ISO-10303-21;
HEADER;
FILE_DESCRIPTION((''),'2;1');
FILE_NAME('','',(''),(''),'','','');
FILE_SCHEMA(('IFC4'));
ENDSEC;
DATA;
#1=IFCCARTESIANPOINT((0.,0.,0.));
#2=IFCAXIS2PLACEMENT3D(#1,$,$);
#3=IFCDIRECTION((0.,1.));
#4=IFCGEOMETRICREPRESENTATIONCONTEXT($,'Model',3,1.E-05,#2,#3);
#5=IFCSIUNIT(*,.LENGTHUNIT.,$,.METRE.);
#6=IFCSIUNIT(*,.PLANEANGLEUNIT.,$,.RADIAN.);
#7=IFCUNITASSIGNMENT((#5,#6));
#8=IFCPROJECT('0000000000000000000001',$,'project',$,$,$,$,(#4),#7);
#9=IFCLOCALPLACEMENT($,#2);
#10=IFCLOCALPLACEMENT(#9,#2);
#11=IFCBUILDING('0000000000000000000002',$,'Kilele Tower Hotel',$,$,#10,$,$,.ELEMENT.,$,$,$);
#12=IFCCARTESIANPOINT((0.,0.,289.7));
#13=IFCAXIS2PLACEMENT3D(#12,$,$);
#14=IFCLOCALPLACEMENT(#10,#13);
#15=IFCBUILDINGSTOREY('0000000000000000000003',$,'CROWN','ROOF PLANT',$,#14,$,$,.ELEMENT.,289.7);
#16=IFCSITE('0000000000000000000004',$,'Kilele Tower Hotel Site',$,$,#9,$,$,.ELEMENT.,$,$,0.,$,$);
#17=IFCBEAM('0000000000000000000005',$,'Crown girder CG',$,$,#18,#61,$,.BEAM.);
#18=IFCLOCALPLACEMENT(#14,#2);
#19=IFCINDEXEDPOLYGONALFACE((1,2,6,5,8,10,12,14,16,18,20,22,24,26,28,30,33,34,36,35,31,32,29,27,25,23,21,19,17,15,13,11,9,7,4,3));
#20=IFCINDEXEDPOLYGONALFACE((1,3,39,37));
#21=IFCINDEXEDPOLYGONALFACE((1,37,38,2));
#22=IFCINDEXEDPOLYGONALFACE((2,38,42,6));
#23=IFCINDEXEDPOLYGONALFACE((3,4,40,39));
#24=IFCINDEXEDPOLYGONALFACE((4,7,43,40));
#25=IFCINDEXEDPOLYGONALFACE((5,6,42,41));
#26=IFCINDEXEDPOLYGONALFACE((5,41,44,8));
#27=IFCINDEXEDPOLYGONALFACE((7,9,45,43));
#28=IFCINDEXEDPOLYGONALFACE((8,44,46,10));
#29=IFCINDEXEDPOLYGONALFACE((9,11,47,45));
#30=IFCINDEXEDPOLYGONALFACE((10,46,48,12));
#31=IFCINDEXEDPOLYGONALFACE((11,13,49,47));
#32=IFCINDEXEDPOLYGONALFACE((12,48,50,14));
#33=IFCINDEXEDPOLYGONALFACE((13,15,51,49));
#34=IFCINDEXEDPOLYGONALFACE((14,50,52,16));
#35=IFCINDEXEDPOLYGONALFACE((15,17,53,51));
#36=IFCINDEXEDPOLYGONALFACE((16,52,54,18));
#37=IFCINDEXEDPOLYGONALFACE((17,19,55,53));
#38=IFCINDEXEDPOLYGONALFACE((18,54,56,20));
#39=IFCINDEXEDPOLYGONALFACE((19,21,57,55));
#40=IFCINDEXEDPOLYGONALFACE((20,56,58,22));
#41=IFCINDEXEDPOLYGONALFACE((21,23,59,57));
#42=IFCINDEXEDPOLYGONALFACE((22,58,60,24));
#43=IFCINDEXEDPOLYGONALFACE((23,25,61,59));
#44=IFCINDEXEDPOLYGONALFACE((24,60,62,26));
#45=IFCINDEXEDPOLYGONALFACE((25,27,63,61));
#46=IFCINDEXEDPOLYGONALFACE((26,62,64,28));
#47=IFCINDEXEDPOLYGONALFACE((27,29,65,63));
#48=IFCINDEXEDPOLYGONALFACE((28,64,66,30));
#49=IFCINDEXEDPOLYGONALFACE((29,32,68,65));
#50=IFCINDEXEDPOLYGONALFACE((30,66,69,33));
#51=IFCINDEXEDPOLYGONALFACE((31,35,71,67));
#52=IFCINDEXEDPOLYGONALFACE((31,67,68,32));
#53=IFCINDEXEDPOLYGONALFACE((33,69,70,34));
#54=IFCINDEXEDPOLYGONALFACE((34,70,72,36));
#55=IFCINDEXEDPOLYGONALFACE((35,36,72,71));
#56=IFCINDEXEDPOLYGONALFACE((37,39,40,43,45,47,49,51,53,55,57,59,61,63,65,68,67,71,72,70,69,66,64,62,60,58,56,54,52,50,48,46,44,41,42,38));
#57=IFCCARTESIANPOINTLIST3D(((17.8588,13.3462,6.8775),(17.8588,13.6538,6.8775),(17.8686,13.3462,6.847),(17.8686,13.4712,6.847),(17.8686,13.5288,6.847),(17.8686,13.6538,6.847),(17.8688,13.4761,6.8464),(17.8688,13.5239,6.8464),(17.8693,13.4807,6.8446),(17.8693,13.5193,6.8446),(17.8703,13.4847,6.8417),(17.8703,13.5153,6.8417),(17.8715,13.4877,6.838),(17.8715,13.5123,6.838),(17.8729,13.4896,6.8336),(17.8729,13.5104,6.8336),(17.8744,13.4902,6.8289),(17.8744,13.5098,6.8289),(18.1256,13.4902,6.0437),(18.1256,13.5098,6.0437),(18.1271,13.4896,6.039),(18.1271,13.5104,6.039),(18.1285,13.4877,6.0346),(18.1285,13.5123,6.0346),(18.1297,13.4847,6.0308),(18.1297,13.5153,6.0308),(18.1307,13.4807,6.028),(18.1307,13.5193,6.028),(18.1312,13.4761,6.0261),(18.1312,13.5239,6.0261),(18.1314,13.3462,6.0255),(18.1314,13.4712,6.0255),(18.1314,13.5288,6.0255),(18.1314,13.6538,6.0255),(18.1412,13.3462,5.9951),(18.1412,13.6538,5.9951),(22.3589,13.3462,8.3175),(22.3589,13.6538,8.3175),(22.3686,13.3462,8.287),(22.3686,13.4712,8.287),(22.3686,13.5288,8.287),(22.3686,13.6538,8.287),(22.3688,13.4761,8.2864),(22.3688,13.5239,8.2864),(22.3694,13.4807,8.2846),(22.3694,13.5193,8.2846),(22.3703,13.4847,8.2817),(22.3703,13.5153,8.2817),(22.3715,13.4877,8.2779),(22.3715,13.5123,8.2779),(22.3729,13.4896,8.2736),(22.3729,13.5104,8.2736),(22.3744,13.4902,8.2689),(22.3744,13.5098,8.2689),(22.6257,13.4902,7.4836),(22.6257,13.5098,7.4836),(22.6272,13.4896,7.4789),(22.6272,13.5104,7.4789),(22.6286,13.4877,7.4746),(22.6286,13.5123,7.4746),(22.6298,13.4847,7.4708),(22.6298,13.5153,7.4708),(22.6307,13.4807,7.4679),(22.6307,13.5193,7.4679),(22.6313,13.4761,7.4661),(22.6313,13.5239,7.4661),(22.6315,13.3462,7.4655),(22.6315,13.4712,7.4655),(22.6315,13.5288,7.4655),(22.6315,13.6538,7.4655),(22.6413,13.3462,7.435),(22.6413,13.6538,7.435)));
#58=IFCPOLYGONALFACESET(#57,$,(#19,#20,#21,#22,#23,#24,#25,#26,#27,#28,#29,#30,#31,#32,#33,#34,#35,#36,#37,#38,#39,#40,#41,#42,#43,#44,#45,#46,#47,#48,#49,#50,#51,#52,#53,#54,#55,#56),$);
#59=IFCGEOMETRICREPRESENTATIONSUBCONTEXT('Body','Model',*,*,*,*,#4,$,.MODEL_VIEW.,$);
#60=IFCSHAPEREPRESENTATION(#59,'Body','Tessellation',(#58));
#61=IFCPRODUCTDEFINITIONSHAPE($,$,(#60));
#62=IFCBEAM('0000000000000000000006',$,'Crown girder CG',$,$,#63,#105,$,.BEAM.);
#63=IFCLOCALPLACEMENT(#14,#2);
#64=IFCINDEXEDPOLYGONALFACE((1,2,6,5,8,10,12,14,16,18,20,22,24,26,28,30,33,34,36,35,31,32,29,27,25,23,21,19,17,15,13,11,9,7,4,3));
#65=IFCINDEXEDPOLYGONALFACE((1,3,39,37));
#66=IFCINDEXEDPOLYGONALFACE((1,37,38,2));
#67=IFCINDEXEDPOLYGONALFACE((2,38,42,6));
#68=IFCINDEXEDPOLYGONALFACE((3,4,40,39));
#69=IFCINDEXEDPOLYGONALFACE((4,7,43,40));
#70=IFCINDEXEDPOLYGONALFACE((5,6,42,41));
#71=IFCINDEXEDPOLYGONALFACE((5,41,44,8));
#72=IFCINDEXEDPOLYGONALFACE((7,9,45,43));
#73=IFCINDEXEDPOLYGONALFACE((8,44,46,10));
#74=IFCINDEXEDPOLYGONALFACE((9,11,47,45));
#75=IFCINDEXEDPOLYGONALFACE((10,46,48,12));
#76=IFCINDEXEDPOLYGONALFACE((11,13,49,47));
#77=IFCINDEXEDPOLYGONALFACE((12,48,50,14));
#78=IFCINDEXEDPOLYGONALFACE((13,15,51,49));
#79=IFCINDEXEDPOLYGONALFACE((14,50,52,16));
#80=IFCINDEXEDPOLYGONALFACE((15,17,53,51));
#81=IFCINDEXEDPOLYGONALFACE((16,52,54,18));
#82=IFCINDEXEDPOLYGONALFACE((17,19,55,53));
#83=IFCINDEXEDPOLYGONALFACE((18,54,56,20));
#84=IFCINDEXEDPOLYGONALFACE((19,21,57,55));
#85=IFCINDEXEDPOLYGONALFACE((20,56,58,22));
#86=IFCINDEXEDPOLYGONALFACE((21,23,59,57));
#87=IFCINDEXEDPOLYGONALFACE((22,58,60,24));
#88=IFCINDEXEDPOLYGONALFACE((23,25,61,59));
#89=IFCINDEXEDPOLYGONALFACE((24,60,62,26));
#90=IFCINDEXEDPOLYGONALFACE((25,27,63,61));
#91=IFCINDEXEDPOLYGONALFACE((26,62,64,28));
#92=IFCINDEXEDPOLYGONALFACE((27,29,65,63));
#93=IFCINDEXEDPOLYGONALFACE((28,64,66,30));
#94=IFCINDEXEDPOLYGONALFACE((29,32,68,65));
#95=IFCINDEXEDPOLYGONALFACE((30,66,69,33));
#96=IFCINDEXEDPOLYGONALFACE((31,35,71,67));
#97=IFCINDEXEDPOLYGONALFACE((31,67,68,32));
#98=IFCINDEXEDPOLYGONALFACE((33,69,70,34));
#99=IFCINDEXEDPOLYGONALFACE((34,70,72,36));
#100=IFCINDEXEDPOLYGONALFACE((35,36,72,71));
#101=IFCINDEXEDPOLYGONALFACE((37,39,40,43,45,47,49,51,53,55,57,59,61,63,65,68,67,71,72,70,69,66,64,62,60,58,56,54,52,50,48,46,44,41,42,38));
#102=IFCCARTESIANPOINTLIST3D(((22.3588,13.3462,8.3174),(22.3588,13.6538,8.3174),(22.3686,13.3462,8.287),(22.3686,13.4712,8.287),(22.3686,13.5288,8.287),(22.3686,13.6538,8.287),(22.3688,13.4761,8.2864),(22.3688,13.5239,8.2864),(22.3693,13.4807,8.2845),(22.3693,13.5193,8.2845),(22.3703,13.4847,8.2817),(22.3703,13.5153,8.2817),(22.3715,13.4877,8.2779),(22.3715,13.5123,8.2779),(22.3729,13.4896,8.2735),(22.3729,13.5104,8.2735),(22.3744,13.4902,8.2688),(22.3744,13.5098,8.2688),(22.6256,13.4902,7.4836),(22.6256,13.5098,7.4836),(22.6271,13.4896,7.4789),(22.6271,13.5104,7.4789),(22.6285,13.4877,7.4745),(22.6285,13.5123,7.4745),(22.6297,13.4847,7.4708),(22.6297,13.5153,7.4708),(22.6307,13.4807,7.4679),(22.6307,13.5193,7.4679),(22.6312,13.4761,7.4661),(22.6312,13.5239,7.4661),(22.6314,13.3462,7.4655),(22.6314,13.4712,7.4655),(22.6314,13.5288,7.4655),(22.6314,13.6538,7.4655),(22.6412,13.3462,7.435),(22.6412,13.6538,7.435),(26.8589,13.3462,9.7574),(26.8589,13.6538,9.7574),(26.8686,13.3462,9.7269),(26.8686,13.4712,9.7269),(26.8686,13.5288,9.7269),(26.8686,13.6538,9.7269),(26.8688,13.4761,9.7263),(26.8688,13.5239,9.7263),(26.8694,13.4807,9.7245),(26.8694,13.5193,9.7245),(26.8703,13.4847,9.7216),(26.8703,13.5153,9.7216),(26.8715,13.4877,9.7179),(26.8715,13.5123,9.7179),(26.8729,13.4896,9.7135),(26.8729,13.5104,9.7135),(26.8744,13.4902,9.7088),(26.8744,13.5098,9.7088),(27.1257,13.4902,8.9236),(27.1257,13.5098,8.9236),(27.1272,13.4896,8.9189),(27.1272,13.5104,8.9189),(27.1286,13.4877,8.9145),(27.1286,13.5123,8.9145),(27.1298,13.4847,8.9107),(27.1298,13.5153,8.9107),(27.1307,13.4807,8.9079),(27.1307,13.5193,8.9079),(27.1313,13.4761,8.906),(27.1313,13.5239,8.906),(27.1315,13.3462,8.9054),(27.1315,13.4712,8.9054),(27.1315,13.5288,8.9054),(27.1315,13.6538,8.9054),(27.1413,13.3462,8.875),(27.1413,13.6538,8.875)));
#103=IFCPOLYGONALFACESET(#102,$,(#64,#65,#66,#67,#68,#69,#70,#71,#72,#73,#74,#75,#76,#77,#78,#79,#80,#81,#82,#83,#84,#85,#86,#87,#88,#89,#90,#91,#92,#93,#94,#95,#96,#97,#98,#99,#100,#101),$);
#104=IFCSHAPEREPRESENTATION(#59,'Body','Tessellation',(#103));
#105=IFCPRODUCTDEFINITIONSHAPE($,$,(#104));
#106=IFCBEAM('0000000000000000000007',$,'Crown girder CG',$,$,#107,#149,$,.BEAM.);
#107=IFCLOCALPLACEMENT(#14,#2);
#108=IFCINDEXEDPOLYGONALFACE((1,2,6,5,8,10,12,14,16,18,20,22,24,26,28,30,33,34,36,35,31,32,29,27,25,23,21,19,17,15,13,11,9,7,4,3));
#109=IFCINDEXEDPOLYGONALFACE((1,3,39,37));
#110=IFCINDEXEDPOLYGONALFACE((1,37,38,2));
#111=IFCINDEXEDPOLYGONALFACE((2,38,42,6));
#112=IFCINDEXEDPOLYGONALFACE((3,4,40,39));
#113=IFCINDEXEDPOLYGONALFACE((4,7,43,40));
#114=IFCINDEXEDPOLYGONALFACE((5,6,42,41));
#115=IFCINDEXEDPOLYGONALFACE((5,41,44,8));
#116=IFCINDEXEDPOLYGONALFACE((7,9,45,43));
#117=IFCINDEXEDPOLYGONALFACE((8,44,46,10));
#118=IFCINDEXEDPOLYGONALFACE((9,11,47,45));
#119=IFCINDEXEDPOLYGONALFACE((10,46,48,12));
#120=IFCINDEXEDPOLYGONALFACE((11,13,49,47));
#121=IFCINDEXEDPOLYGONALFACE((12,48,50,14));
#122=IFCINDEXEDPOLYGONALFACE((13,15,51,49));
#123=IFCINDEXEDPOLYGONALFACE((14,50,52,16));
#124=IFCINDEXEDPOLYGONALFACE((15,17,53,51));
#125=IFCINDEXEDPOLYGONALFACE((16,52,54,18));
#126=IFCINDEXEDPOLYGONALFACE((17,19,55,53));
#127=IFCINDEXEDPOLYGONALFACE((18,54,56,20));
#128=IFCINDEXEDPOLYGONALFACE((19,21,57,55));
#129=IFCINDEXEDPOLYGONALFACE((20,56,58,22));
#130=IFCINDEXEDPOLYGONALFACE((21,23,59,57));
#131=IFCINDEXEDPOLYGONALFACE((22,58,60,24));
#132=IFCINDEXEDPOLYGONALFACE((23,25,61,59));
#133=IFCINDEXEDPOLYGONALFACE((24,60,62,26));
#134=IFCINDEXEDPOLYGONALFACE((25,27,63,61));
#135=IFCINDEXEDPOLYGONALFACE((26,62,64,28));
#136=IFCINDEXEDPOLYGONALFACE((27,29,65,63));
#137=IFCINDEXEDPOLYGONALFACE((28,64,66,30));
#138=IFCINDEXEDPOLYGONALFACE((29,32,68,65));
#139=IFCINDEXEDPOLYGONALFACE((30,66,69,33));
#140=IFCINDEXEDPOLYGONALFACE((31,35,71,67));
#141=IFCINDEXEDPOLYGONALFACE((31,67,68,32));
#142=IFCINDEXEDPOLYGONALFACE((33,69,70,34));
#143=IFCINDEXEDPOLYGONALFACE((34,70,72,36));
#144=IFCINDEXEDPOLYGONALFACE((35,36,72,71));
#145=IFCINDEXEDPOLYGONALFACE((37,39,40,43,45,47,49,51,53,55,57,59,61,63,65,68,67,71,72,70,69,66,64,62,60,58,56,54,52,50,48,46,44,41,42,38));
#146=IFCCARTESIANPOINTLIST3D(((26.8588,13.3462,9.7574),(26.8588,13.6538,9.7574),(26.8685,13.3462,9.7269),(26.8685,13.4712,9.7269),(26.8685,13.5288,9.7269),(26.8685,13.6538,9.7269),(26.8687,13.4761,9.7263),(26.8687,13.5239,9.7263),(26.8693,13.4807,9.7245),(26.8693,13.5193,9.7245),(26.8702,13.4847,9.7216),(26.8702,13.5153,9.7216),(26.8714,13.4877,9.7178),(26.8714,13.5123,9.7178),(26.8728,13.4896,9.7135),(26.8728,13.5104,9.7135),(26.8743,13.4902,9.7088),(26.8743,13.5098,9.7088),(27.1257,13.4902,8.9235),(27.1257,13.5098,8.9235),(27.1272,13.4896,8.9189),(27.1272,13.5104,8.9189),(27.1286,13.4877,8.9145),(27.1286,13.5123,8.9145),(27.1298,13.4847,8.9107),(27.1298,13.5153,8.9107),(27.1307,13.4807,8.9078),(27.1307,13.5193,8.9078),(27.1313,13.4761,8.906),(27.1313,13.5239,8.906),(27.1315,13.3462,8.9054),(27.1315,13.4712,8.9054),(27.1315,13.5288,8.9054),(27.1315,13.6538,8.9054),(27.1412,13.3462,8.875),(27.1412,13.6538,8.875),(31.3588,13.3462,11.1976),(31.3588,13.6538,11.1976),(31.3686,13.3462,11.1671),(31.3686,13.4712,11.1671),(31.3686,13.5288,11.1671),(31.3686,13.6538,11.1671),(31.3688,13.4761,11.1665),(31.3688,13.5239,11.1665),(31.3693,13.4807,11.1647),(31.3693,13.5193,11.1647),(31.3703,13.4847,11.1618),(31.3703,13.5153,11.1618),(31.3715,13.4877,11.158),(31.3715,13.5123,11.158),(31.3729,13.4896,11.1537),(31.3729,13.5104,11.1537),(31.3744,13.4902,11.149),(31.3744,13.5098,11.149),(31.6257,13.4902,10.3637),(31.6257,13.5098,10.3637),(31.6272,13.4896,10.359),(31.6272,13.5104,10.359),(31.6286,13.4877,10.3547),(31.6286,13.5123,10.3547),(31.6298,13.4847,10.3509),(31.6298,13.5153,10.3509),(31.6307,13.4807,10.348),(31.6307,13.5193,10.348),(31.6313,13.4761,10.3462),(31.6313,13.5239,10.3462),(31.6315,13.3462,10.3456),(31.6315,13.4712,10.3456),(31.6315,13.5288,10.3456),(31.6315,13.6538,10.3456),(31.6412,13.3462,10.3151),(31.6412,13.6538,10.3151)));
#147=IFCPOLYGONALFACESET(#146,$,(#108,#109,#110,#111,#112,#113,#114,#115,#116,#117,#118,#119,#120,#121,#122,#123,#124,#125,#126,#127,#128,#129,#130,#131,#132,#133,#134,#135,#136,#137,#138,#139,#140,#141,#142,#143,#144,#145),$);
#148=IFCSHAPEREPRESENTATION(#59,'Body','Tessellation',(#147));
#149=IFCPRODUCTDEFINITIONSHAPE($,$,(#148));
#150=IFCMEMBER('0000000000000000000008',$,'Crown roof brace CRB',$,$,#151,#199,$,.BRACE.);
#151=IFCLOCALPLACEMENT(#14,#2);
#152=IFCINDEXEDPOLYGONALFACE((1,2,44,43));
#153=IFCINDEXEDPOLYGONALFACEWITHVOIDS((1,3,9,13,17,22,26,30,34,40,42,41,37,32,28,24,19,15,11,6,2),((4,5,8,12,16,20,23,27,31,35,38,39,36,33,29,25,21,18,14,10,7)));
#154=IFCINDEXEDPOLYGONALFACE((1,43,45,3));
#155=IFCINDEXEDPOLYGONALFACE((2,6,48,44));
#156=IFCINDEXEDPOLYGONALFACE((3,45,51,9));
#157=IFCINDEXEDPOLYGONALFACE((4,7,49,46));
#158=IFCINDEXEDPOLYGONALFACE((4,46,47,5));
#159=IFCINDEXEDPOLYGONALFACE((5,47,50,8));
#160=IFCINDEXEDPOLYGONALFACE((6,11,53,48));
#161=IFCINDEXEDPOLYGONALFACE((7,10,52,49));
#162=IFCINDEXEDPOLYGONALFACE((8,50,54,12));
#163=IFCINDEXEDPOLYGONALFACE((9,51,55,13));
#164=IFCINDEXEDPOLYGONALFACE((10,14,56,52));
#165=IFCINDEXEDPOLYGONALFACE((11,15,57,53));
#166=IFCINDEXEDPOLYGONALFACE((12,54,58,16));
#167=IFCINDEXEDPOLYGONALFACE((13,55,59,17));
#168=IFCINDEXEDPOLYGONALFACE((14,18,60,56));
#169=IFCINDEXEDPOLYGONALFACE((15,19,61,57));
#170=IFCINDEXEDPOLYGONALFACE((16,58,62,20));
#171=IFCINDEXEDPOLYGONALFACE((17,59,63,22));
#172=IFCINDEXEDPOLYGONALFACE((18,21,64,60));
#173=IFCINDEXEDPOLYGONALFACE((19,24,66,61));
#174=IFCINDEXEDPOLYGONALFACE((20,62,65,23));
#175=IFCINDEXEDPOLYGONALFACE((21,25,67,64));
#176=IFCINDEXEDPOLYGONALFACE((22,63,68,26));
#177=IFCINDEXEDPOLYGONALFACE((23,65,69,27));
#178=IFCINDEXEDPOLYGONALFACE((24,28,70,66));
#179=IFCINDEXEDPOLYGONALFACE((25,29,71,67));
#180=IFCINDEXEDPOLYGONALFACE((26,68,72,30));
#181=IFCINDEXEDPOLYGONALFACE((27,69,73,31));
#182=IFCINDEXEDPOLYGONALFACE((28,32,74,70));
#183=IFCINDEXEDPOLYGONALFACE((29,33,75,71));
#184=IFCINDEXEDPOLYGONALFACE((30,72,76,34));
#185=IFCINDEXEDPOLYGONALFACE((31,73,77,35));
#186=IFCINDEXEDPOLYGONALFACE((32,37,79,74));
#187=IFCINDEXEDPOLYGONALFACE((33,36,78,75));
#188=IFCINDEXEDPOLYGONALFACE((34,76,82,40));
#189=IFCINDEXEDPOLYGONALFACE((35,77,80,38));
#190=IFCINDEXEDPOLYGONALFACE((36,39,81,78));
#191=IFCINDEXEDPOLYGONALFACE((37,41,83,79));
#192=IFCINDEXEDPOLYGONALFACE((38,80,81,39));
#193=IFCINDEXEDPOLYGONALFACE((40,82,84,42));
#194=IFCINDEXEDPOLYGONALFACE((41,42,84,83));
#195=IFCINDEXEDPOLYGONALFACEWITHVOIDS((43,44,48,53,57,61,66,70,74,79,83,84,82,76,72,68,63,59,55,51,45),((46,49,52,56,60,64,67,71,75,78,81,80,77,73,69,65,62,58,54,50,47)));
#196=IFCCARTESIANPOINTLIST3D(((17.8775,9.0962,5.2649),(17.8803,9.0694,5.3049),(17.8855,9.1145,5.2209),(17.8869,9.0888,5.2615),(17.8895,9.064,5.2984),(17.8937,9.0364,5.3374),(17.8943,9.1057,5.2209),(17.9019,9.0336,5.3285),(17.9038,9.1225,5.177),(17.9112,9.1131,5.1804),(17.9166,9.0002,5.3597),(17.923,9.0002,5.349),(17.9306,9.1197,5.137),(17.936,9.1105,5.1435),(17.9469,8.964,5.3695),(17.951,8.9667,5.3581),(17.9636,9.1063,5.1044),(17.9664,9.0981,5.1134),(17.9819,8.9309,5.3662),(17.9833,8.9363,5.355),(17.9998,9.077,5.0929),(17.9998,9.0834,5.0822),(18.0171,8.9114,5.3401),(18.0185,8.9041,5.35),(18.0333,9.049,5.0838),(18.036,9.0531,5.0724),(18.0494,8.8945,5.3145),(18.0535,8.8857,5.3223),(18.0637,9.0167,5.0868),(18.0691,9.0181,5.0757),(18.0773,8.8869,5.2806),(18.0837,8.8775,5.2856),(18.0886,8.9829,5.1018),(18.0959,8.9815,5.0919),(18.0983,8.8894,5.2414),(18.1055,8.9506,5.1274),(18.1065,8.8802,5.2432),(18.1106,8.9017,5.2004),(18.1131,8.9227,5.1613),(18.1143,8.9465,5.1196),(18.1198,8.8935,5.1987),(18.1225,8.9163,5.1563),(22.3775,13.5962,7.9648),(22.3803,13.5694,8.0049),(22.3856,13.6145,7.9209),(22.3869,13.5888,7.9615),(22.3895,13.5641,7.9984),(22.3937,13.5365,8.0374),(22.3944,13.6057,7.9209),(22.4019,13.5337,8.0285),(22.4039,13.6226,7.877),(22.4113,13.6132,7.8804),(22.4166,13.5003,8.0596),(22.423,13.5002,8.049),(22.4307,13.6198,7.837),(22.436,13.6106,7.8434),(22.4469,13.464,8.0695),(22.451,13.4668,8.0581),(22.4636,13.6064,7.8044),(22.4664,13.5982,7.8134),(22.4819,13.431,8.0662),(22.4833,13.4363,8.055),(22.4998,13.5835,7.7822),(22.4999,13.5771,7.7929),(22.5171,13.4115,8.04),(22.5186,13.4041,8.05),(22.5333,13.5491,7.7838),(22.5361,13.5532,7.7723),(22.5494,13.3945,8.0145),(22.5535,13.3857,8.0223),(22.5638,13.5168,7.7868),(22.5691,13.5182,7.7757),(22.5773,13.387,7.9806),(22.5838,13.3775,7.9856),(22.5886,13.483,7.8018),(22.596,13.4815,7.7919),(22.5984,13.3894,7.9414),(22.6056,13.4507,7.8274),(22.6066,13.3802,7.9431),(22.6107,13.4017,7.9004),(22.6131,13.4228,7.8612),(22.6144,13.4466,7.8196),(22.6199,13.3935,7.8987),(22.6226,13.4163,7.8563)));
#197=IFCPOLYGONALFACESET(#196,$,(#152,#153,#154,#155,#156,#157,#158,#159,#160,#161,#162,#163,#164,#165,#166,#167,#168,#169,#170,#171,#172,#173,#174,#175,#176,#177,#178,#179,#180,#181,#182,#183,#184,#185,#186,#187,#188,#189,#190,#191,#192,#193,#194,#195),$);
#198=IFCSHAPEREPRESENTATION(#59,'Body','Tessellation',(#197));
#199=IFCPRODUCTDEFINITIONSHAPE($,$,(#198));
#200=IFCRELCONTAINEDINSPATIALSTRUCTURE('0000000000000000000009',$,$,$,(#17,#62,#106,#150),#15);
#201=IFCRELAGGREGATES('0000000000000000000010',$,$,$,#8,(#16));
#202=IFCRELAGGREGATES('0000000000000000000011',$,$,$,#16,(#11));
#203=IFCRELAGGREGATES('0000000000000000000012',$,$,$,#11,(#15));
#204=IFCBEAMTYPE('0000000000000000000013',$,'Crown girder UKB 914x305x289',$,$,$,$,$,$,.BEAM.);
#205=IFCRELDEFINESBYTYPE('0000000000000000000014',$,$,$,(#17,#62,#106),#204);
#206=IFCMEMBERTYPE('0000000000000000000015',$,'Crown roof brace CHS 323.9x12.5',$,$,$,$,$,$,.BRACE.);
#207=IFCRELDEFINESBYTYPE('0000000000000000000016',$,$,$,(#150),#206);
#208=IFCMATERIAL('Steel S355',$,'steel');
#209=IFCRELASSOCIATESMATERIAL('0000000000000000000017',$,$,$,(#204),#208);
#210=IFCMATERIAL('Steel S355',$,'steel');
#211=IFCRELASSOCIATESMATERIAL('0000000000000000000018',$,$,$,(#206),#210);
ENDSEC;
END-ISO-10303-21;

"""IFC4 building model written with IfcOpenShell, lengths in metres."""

from ifc_helpers import new_model, si_unit, direction, frame, origin, origin_2d, place, context, subcontext, project, spatial, hollow_circle, i_section, extrude, material, material_profile, profile_set, type_object, element, save


model = new_model("IFC4")

# Units and contexts
model_context = context("Model", 3, precision=1e-05, world=origin(), true_north=direction((0.0, 1.0)))
body_context = subcontext(model_context, "Body", "Model", "MODEL_VIEW")
ifc_project = project(units=[si_unit("LENGTHUNIT", "METRE"), si_unit("PLANEANGLEUNIT", "RADIAN")], contexts=[model_context])

# Site, building, storey
site_placement = place(None, origin())
site = spatial("IfcSite", under=ifc_project, at=site_placement, Name="Kilele Tower Hotel Site", CompositionType="ELEMENT", RefElevation=0.0)
building_placement = place(site_placement, origin())
building = spatial("IfcBuilding", under=site, at=building_placement, Name="Kilele Tower Hotel", CompositionType="ELEMENT")
storey_placement = place(building_placement, frame((0.0, 0.0, 289.7)))
storey = spatial("IfcBuildingStorey", under=building, at=storey_placement, Name="CROWN", Description="ROOF PLANT", CompositionType="ELEMENT", Elevation=289.7)

# Beams
ifc_material_1 = material(Name="Steel S355", Category="steel")
ifc_material_profile_1 = material_profile(ifc_material_1, i_section(OverallWidth=0.3076, OverallDepth=0.9265, WebThickness=0.0195, FlangeThickness=0.032, FilletRadius=0.019, at=origin_2d()))
ifc_profile_set_1 = profile_set([ifc_material_profile_1], Name="Steel S355")
beam_type_1 = type_object("IfcBeamType", Name="Crown girder UKB 914x305x289", PredefinedType="BEAM", material=ifc_profile_set_1)
for number, where, z_axis, x_axis, name in (
    (1, (18.0, 13.5, 6.4363), (0.952428, 0.0, 0.304764), (0.0, 1.0, 0.0), "Crown girder CG"),
    (2, (22.5, 13.5, 7.8762), (0.952428, 0.0, 0.304764), (0.0, 1.0, 0.0), "Crown girder CG"),
    (3, (27.0, 13.5, 9.3162), (0.952413, 0.0, 0.304811), (0.0, 1.0, 0.0), "Crown girder CG"),
):
    element("IfcBeam", number, at=place(storey_placement, frame(where, z_axis=z_axis, x_axis=x_axis)), inside=storey, type_object=beam_type_1, Name=name, PredefinedType="BEAM", context=body_context, shape_type="SweptSolid", body=[
        extrude(i_section(OverallWidth=0.3076, OverallDepth=0.9265, WebThickness=0.0195, FlangeThickness=0.032, FilletRadius=0.019, at=origin_2d()), origin(), (0.0, 0.0, 1.0), 4.7249),
    ])

# Member
ifc_material_2 = material(Name="Steel S355", Category="steel")
ifc_material_profile_2 = material_profile(ifc_material_2, hollow_circle(Radius=0.1619, WallThickness=0.0125, at=origin_2d()))
ifc_profile_set_2 = profile_set([ifc_material_profile_2], Name="Steel S355")
member_type_1 = type_object("IfcMemberType", Name="Crown roof brace CHS 323.9x12.5", PredefinedType="BRACE", material=ifc_profile_set_2)
member_1_placement = place(storey_placement, frame((18.0, 9.0, 5.2209), z_axis=(0.650946, 0.650946, 0.390561), x_axis=(-0.707107, 0.707107, 0.0)))
element("IfcMember", 4, at=member_1_placement, inside=storey, type_object=member_type_1, Name="Crown roof brace CRB", PredefinedType="BRACE", context=body_context, shape_type="SweptSolid", body=[
    extrude(hollow_circle(Radius=0.1619, WallThickness=0.0125, at=origin_2d()), origin(), (0.0, 0.0, 1.0), 6.9131),
])

save(model, "model.ifc")
